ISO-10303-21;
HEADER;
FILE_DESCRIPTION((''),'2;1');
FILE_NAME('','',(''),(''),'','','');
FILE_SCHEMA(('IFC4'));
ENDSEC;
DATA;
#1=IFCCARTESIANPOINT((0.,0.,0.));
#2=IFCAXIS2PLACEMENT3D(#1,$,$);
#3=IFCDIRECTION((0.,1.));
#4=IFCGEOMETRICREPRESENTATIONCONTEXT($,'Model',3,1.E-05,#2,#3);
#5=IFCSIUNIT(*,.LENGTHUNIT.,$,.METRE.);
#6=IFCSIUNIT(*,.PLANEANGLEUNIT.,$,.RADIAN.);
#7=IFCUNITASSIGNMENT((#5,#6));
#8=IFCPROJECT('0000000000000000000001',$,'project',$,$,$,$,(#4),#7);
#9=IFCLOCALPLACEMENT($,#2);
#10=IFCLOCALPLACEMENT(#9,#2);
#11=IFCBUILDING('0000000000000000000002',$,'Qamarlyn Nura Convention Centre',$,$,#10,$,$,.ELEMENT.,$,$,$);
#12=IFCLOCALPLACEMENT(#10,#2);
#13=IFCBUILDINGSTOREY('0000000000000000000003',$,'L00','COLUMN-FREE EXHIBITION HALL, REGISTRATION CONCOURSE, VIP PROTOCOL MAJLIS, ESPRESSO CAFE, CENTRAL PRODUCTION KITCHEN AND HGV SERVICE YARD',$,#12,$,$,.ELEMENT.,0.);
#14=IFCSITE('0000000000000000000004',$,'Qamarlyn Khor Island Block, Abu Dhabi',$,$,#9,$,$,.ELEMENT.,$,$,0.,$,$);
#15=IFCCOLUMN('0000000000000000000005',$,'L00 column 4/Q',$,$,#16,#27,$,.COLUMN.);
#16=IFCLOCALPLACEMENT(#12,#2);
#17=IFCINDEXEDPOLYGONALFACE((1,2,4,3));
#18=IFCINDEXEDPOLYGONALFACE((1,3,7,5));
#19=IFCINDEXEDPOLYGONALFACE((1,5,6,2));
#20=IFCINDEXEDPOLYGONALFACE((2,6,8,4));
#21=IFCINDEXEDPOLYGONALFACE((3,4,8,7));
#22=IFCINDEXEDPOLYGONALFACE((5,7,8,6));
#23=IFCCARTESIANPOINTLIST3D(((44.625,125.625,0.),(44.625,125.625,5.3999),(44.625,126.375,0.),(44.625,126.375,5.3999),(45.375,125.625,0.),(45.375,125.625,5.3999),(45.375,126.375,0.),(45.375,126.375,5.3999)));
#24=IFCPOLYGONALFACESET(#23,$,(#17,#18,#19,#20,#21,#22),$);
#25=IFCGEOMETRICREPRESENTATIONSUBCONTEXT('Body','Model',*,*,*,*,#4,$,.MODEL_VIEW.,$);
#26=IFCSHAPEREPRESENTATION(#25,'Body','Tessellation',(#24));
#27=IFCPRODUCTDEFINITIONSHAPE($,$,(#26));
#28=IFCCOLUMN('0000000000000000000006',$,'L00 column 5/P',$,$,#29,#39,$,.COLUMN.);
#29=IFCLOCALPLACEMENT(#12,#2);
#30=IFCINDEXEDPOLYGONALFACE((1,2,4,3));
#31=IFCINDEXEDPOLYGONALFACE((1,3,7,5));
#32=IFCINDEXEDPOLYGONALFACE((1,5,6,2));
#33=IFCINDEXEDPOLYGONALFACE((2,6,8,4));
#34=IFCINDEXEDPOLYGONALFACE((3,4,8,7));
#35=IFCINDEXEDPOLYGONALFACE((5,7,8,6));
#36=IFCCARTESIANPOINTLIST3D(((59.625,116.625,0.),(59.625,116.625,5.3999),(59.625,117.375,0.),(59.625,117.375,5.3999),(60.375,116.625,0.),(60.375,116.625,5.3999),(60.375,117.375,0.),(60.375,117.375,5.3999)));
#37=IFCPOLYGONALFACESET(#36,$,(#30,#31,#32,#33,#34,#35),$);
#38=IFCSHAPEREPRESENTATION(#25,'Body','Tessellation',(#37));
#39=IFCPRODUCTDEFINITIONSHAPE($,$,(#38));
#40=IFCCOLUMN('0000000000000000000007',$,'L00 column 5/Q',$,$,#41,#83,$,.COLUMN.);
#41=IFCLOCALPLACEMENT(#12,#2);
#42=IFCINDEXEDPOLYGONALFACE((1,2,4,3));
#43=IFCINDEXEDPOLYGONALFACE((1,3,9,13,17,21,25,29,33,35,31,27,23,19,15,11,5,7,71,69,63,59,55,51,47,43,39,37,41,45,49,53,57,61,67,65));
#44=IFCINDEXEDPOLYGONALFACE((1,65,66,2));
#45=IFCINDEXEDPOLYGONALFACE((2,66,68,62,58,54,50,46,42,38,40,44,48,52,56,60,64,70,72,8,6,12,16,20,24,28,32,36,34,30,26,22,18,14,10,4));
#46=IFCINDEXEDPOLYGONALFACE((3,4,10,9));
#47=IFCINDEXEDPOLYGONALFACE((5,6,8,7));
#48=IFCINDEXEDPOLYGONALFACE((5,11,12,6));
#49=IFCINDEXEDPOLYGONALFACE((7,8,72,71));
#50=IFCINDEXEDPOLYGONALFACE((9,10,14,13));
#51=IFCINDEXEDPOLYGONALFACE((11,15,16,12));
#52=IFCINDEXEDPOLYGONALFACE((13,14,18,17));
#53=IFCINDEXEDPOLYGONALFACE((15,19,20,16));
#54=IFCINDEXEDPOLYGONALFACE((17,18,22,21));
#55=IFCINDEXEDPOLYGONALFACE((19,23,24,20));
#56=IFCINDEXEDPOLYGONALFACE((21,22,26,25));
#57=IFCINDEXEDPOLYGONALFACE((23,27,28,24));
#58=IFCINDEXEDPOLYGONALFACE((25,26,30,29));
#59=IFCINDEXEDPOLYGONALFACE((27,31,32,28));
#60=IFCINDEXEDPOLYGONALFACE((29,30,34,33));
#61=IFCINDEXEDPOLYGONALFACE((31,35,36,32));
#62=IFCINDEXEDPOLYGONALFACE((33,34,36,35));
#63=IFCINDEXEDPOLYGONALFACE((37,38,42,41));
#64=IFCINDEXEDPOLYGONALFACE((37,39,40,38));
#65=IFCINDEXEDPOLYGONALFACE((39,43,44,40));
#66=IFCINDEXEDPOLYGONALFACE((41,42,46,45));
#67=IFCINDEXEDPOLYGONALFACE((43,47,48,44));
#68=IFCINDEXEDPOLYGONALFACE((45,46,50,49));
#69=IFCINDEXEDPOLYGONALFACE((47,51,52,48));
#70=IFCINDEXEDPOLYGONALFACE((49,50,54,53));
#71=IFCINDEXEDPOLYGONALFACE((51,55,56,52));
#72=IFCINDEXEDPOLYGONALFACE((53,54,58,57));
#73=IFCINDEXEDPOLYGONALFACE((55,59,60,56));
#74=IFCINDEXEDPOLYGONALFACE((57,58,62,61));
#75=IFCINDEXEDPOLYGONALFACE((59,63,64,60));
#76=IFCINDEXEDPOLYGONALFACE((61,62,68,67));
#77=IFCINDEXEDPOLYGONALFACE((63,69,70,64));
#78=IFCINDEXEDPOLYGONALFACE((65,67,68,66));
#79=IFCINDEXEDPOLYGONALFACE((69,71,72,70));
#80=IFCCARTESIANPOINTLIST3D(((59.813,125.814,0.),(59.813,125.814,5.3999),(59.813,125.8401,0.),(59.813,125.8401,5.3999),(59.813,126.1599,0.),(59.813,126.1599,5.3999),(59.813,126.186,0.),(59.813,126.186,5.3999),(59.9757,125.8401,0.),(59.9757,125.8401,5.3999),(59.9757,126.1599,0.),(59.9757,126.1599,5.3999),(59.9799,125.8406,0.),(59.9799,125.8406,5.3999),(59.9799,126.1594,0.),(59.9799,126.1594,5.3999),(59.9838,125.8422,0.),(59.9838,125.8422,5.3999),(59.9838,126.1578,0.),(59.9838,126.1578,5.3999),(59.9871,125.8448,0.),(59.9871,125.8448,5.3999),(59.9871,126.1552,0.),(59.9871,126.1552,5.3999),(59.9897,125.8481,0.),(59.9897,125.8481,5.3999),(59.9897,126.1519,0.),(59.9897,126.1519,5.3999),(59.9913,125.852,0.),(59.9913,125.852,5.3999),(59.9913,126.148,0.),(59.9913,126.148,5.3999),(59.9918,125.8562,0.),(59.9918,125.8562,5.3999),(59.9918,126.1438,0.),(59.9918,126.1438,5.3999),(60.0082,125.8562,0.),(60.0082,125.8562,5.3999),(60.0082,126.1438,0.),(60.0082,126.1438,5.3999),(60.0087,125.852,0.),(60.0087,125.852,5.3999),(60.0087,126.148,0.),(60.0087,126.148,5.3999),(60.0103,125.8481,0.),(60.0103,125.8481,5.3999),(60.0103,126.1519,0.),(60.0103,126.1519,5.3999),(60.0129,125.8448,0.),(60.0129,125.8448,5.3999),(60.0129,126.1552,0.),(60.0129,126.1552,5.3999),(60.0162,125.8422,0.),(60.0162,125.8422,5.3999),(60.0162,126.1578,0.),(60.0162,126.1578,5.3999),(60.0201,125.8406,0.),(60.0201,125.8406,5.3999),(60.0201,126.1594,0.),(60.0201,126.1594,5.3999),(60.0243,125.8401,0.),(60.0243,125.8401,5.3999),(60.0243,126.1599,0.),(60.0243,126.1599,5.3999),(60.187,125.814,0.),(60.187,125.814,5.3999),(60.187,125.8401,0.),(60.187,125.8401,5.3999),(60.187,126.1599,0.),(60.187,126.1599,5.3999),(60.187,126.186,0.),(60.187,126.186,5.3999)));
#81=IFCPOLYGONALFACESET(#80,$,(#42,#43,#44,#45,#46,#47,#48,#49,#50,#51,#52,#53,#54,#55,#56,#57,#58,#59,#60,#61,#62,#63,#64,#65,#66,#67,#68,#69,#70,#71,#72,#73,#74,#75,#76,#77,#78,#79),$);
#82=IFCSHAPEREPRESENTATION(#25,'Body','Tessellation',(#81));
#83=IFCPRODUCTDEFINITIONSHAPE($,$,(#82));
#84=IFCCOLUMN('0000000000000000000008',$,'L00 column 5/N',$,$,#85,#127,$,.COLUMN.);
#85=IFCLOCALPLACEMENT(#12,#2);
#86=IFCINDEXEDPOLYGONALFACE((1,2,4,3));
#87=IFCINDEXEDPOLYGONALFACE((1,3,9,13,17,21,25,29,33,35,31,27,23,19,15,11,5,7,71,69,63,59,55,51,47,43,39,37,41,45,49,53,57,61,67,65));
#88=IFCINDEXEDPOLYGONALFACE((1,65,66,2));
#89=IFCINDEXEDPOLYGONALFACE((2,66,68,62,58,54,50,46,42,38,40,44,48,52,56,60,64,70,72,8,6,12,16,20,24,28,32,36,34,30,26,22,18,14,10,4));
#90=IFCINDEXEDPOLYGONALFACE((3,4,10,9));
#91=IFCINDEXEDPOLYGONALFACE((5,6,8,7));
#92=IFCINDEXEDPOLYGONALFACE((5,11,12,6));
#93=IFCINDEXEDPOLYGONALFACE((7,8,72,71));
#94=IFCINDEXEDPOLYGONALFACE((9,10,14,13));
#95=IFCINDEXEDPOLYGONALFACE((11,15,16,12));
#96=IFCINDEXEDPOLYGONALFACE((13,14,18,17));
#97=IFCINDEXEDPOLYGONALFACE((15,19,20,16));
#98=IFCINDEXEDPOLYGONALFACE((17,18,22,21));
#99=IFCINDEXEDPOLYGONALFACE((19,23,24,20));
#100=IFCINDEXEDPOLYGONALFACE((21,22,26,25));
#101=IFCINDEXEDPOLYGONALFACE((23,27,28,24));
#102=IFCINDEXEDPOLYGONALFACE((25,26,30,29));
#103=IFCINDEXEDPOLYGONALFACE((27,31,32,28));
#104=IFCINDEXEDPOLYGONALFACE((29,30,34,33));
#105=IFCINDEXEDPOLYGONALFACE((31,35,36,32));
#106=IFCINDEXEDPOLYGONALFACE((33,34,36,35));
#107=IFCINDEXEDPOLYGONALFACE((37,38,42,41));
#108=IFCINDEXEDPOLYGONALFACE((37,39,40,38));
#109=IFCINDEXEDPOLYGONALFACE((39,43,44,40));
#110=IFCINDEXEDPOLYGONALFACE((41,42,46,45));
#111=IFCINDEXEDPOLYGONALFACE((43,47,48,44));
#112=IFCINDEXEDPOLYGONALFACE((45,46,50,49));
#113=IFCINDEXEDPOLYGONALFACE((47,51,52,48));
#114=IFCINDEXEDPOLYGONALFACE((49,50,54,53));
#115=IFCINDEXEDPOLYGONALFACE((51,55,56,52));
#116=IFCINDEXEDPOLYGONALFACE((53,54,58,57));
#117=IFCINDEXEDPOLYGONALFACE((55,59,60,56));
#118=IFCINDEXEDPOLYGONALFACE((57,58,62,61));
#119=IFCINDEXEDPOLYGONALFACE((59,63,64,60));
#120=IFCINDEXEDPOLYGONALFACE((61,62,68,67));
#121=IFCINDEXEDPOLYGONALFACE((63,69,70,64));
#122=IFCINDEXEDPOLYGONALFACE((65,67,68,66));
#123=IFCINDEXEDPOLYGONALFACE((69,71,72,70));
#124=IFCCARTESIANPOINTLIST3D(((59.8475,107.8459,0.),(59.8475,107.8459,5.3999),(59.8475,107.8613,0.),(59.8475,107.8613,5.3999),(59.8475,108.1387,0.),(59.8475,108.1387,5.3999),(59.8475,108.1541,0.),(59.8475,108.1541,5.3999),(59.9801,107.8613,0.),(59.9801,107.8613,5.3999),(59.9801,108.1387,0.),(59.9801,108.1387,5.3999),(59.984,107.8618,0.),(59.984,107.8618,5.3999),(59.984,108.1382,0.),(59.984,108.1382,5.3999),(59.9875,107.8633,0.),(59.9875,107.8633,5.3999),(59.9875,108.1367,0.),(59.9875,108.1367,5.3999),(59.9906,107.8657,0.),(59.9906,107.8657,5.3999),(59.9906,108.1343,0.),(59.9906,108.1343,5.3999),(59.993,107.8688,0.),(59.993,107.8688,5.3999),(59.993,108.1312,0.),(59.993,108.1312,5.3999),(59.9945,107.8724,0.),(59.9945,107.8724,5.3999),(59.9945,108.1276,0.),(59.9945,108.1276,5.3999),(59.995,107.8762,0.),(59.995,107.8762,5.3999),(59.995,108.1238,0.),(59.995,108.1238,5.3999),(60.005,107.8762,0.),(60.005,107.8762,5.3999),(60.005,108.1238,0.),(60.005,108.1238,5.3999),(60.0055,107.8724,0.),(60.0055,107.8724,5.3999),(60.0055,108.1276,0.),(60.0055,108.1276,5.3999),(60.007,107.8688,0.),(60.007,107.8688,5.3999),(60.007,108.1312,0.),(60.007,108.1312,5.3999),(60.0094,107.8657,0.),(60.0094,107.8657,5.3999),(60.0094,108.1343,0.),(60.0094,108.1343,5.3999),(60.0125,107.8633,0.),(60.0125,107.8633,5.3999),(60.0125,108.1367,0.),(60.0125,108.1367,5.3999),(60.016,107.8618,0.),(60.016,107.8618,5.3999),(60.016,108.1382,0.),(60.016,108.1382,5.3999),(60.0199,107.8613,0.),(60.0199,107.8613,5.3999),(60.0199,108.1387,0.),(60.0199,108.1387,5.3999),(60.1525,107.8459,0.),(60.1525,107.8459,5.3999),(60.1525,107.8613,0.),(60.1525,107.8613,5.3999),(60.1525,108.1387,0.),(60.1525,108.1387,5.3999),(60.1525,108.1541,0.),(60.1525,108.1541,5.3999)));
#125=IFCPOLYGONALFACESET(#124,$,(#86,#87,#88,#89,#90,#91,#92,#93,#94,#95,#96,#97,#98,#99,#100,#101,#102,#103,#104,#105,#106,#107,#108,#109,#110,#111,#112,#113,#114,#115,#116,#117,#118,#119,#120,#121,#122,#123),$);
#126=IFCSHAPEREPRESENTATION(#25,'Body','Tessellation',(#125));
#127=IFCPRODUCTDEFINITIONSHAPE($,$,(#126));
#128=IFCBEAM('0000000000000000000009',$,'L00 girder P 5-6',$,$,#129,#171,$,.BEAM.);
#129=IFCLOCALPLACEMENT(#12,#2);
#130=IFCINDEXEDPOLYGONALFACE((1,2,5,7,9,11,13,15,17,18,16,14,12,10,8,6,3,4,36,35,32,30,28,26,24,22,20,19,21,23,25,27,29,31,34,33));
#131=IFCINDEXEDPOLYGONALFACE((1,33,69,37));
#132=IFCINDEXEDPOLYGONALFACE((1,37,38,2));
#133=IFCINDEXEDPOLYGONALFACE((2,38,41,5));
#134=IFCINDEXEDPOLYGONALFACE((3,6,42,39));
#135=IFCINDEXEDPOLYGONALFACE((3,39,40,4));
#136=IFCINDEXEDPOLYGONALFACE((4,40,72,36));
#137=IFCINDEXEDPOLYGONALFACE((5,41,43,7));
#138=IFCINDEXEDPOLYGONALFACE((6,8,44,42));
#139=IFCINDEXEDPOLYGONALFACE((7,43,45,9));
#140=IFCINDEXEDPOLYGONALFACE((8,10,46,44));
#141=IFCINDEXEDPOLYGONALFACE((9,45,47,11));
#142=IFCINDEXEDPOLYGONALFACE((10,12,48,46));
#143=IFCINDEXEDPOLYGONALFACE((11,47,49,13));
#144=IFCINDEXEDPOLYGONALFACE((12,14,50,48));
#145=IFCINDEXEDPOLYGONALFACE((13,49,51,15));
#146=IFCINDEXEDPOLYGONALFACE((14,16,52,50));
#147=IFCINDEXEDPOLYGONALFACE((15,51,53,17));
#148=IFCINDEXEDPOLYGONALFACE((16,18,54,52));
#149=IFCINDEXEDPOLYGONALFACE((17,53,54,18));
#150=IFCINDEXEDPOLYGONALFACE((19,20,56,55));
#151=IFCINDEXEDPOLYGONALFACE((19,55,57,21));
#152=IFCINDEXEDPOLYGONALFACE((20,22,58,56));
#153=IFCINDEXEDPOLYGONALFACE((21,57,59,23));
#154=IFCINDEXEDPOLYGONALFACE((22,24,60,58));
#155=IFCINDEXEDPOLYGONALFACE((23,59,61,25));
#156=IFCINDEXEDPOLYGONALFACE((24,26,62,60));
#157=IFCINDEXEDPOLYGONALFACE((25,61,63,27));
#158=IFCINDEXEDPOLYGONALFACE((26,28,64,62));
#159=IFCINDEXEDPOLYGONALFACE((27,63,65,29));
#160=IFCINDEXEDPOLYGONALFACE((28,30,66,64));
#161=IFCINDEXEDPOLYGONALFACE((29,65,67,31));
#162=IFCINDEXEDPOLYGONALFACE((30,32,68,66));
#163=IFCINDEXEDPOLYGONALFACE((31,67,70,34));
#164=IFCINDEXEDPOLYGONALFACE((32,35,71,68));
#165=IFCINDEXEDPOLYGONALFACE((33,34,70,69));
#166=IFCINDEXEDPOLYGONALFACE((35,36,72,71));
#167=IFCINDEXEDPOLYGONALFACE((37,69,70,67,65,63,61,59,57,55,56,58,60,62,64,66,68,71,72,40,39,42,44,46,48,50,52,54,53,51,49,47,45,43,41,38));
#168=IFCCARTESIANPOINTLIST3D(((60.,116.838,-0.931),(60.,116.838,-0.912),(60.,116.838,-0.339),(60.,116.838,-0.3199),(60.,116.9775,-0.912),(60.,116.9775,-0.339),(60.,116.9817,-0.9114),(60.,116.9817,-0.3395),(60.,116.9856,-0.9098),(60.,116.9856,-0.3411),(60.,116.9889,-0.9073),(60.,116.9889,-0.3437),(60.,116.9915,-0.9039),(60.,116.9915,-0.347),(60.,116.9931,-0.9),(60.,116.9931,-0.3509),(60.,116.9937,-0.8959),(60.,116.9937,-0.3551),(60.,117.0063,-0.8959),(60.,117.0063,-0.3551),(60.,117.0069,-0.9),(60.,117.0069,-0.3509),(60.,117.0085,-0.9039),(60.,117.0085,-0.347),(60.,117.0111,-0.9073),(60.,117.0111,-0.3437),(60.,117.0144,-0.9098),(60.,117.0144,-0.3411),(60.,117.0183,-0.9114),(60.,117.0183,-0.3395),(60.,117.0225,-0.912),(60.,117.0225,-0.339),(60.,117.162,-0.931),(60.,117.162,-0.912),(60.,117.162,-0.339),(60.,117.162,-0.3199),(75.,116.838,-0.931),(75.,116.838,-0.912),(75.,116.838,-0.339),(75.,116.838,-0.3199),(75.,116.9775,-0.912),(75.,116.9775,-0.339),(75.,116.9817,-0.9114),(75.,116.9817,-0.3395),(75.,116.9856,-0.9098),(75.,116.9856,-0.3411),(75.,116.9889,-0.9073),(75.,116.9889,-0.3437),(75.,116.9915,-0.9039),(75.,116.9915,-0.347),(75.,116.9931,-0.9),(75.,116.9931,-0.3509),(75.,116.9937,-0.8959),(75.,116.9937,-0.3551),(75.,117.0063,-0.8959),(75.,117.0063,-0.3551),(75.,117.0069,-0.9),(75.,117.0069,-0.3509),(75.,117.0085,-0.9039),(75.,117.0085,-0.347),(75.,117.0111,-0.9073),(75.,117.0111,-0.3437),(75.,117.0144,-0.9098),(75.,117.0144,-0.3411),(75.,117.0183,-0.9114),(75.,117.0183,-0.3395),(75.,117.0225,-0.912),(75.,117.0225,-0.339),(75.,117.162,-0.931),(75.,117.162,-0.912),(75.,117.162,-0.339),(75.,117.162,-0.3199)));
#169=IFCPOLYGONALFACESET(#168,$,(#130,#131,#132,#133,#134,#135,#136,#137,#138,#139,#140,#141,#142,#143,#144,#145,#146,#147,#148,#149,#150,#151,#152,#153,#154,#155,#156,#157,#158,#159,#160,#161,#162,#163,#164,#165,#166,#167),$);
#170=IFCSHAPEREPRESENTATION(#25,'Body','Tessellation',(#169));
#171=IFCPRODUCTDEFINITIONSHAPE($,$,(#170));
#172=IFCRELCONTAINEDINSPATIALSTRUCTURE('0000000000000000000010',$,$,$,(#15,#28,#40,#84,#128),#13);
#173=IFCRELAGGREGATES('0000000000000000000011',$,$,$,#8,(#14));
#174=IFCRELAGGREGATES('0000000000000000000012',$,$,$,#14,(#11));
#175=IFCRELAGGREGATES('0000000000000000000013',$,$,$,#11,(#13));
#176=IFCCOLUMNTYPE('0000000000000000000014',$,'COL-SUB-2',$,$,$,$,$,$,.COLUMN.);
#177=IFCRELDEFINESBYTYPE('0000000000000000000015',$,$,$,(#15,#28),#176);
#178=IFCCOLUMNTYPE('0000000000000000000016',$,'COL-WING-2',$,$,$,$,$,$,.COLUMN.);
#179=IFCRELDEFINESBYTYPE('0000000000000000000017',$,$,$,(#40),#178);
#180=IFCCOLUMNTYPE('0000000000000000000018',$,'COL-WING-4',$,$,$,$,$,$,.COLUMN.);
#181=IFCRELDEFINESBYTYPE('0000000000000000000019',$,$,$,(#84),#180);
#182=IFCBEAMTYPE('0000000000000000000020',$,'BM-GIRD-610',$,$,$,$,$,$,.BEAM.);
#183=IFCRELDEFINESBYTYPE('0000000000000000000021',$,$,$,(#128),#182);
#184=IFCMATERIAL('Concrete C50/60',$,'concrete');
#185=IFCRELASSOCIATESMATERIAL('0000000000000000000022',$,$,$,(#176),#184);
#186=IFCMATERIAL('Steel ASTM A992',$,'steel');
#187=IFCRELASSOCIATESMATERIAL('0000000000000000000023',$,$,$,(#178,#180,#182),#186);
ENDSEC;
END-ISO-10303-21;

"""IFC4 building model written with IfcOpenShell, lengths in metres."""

from ifc_helpers import new_model, si_unit, direction, frame, origin, origin_2d, place, context, subcontext, project, spatial, rectangle, i_section, extrude, material, material_profile, profile_set, type_object, element, save


model = new_model("IFC4")

# Units and contexts
model_context = context("Model", 3, precision=1e-05, world=origin(), true_north=direction((0.0, 1.0)))
body_context = subcontext(model_context, "Body", "Model", "MODEL_VIEW")
ifc_project = project(units=[si_unit("LENGTHUNIT", "METRE"), si_unit("PLANEANGLEUNIT", "RADIAN")], contexts=[model_context])

# Site, building, storey
site_placement = place(None, origin())
site = spatial("IfcSite", under=ifc_project, at=site_placement, Name="Qamarlyn Khor Island Block, Abu Dhabi", CompositionType="ELEMENT", RefElevation=0.0)
building_placement = place(site_placement, origin())
building = spatial("IfcBuilding", under=site, at=building_placement, Name="Qamarlyn Nura Convention Centre", CompositionType="ELEMENT")
storey_placement = place(building_placement, origin())
storey = spatial("IfcBuildingStorey", under=building, at=storey_placement, Name="L00", Description="COLUMN-FREE EXHIBITION HALL, REGISTRATION CONCOURSE, VIP PROTOCOL MAJLIS, ESPRESSO CAFE, CENTRAL PRODUCTION KITCHEN AND HGV SERVICE YARD", CompositionType="ELEMENT", Elevation=0.0)

# Columns
ifc_material_1 = material(Name="Concrete C50/60", Category="concrete")
ifc_material_profile_1 = material_profile(ifc_material_1, rectangle(XDim=0.75, YDim=0.75, at=origin_2d()), Name="RC 750x750")
ifc_profile_set_1 = profile_set([ifc_material_profile_1], Name="Concrete C50/60")
column_type_1 = type_object("IfcColumnType", Name="COL-SUB-2", PredefinedType="COLUMN", material=ifc_profile_set_1)
for number, where, z_axis, x_axis, name in (
    (1, (45.0, 126.0, 0.0), (0.0, 0.0, 1.0), (1.0, 0.0, 0.0), "L00 column 4/Q"),
    (2, (60.0, 117.0, 0.0), (0.0, 0.0, 1.0), (1.0, 0.0, 0.0), "L00 column 5/P"),
):
    element("IfcColumn", number, at=place(storey_placement, frame(where, z_axis=z_axis, x_axis=x_axis)), inside=storey, type_object=column_type_1, Name=name, PredefinedType="COLUMN", context=body_context, shape_type="SweptSolid", body=[
        extrude(rectangle(XDim=0.75, YDim=0.75, at=origin_2d()), origin(), (0.0, 0.0, 1.0), 5.3999),
    ])
ifc_material_2 = material(Name="Steel ASTM A992", Category="steel")
ifc_material_profile_2 = material_profile(ifc_material_2, i_section(OverallWidth=0.374, OverallDepth=0.3721, WebThickness=0.0164, FlangeThickness=0.0261, FilletRadius=0.0161, at=origin_2d()), Name="W360X196")
ifc_profile_set_2 = profile_set([ifc_material_profile_2], Name="Steel ASTM A992")
column_type_2 = type_object("IfcColumnType", Name="COL-WING-2", PredefinedType="COLUMN", material=ifc_profile_set_2)
column_1_placement = place(storey_placement, frame((60.0, 126.0, 0.0), z_axis=(0.0, 0.0, 1.0), x_axis=(1.0, 0.0, 0.0)))
element("IfcColumn", 3, at=column_1_placement, inside=storey, type_object=column_type_2, Name="L00 column 5/Q", PredefinedType="COLUMN", context=body_context, shape_type="SweptSolid", body=[
    extrude(i_section(OverallWidth=0.374, OverallDepth=0.3721, WebThickness=0.0164, FlangeThickness=0.0261, FilletRadius=0.0161, at=origin_2d()), origin(), (0.0, 0.0, 1.0), 5.3999),
])
ifc_material_profile_3 = material_profile(ifc_material_2, i_section(OverallWidth=0.3049, OverallDepth=0.3081, WebThickness=0.01, FlangeThickness=0.0154, FilletRadius=0.0149, at=origin_2d()), Name="W310X97")
ifc_profile_set_3 = profile_set([ifc_material_profile_3], Name="Steel ASTM A992")
column_type_3 = type_object("IfcColumnType", Name="COL-WING-4", PredefinedType="COLUMN", material=ifc_profile_set_3)
column_2_placement = place(storey_placement, frame((60.0, 108.0, 0.0), z_axis=(0.0, 0.0, 1.0), x_axis=(1.0, 0.0, 0.0)))
element("IfcColumn", 4, at=column_2_placement, inside=storey, type_object=column_type_3, Name="L00 column 5/N", PredefinedType="COLUMN", context=body_context, shape_type="SweptSolid", body=[
    extrude(i_section(OverallWidth=0.3049, OverallDepth=0.3081, WebThickness=0.01, FlangeThickness=0.0154, FilletRadius=0.0149, at=origin_2d()), origin(), (0.0, 0.0, 1.0), 5.3999),
])

# Beam
ifc_material_profile_4 = material_profile(ifc_material_2, i_section(OverallWidth=0.324, OverallDepth=0.6111, WebThickness=0.0127, FlangeThickness=0.019, FilletRadius=0.0161, at=origin_2d()), Name="W610X155")
ifc_profile_set_4 = profile_set([ifc_material_profile_4], Name="Steel ASTM A992")
beam_type_1 = type_object("IfcBeamType", Name="BM-GIRD-610", PredefinedType="BEAM", material=ifc_profile_set_4)
beam_1_placement = place(storey_placement, frame((60.0, 117.0, -0.6255), z_axis=(1.0, 0.0, 0.0), x_axis=(0.0, 1.0, 0.0)))
element("IfcBeam", 5, at=beam_1_placement, inside=storey, type_object=beam_type_1, Name="L00 girder P 5-6", PredefinedType="BEAM", context=body_context, shape_type="SweptSolid", body=[
    extrude(i_section(OverallWidth=0.324, OverallDepth=0.6111, WebThickness=0.0127, FlangeThickness=0.019, FilletRadius=0.0161, at=origin_2d()), origin(), (0.0, 0.0, 1.0), 15.0),
])

save(model, "model.ifc")
